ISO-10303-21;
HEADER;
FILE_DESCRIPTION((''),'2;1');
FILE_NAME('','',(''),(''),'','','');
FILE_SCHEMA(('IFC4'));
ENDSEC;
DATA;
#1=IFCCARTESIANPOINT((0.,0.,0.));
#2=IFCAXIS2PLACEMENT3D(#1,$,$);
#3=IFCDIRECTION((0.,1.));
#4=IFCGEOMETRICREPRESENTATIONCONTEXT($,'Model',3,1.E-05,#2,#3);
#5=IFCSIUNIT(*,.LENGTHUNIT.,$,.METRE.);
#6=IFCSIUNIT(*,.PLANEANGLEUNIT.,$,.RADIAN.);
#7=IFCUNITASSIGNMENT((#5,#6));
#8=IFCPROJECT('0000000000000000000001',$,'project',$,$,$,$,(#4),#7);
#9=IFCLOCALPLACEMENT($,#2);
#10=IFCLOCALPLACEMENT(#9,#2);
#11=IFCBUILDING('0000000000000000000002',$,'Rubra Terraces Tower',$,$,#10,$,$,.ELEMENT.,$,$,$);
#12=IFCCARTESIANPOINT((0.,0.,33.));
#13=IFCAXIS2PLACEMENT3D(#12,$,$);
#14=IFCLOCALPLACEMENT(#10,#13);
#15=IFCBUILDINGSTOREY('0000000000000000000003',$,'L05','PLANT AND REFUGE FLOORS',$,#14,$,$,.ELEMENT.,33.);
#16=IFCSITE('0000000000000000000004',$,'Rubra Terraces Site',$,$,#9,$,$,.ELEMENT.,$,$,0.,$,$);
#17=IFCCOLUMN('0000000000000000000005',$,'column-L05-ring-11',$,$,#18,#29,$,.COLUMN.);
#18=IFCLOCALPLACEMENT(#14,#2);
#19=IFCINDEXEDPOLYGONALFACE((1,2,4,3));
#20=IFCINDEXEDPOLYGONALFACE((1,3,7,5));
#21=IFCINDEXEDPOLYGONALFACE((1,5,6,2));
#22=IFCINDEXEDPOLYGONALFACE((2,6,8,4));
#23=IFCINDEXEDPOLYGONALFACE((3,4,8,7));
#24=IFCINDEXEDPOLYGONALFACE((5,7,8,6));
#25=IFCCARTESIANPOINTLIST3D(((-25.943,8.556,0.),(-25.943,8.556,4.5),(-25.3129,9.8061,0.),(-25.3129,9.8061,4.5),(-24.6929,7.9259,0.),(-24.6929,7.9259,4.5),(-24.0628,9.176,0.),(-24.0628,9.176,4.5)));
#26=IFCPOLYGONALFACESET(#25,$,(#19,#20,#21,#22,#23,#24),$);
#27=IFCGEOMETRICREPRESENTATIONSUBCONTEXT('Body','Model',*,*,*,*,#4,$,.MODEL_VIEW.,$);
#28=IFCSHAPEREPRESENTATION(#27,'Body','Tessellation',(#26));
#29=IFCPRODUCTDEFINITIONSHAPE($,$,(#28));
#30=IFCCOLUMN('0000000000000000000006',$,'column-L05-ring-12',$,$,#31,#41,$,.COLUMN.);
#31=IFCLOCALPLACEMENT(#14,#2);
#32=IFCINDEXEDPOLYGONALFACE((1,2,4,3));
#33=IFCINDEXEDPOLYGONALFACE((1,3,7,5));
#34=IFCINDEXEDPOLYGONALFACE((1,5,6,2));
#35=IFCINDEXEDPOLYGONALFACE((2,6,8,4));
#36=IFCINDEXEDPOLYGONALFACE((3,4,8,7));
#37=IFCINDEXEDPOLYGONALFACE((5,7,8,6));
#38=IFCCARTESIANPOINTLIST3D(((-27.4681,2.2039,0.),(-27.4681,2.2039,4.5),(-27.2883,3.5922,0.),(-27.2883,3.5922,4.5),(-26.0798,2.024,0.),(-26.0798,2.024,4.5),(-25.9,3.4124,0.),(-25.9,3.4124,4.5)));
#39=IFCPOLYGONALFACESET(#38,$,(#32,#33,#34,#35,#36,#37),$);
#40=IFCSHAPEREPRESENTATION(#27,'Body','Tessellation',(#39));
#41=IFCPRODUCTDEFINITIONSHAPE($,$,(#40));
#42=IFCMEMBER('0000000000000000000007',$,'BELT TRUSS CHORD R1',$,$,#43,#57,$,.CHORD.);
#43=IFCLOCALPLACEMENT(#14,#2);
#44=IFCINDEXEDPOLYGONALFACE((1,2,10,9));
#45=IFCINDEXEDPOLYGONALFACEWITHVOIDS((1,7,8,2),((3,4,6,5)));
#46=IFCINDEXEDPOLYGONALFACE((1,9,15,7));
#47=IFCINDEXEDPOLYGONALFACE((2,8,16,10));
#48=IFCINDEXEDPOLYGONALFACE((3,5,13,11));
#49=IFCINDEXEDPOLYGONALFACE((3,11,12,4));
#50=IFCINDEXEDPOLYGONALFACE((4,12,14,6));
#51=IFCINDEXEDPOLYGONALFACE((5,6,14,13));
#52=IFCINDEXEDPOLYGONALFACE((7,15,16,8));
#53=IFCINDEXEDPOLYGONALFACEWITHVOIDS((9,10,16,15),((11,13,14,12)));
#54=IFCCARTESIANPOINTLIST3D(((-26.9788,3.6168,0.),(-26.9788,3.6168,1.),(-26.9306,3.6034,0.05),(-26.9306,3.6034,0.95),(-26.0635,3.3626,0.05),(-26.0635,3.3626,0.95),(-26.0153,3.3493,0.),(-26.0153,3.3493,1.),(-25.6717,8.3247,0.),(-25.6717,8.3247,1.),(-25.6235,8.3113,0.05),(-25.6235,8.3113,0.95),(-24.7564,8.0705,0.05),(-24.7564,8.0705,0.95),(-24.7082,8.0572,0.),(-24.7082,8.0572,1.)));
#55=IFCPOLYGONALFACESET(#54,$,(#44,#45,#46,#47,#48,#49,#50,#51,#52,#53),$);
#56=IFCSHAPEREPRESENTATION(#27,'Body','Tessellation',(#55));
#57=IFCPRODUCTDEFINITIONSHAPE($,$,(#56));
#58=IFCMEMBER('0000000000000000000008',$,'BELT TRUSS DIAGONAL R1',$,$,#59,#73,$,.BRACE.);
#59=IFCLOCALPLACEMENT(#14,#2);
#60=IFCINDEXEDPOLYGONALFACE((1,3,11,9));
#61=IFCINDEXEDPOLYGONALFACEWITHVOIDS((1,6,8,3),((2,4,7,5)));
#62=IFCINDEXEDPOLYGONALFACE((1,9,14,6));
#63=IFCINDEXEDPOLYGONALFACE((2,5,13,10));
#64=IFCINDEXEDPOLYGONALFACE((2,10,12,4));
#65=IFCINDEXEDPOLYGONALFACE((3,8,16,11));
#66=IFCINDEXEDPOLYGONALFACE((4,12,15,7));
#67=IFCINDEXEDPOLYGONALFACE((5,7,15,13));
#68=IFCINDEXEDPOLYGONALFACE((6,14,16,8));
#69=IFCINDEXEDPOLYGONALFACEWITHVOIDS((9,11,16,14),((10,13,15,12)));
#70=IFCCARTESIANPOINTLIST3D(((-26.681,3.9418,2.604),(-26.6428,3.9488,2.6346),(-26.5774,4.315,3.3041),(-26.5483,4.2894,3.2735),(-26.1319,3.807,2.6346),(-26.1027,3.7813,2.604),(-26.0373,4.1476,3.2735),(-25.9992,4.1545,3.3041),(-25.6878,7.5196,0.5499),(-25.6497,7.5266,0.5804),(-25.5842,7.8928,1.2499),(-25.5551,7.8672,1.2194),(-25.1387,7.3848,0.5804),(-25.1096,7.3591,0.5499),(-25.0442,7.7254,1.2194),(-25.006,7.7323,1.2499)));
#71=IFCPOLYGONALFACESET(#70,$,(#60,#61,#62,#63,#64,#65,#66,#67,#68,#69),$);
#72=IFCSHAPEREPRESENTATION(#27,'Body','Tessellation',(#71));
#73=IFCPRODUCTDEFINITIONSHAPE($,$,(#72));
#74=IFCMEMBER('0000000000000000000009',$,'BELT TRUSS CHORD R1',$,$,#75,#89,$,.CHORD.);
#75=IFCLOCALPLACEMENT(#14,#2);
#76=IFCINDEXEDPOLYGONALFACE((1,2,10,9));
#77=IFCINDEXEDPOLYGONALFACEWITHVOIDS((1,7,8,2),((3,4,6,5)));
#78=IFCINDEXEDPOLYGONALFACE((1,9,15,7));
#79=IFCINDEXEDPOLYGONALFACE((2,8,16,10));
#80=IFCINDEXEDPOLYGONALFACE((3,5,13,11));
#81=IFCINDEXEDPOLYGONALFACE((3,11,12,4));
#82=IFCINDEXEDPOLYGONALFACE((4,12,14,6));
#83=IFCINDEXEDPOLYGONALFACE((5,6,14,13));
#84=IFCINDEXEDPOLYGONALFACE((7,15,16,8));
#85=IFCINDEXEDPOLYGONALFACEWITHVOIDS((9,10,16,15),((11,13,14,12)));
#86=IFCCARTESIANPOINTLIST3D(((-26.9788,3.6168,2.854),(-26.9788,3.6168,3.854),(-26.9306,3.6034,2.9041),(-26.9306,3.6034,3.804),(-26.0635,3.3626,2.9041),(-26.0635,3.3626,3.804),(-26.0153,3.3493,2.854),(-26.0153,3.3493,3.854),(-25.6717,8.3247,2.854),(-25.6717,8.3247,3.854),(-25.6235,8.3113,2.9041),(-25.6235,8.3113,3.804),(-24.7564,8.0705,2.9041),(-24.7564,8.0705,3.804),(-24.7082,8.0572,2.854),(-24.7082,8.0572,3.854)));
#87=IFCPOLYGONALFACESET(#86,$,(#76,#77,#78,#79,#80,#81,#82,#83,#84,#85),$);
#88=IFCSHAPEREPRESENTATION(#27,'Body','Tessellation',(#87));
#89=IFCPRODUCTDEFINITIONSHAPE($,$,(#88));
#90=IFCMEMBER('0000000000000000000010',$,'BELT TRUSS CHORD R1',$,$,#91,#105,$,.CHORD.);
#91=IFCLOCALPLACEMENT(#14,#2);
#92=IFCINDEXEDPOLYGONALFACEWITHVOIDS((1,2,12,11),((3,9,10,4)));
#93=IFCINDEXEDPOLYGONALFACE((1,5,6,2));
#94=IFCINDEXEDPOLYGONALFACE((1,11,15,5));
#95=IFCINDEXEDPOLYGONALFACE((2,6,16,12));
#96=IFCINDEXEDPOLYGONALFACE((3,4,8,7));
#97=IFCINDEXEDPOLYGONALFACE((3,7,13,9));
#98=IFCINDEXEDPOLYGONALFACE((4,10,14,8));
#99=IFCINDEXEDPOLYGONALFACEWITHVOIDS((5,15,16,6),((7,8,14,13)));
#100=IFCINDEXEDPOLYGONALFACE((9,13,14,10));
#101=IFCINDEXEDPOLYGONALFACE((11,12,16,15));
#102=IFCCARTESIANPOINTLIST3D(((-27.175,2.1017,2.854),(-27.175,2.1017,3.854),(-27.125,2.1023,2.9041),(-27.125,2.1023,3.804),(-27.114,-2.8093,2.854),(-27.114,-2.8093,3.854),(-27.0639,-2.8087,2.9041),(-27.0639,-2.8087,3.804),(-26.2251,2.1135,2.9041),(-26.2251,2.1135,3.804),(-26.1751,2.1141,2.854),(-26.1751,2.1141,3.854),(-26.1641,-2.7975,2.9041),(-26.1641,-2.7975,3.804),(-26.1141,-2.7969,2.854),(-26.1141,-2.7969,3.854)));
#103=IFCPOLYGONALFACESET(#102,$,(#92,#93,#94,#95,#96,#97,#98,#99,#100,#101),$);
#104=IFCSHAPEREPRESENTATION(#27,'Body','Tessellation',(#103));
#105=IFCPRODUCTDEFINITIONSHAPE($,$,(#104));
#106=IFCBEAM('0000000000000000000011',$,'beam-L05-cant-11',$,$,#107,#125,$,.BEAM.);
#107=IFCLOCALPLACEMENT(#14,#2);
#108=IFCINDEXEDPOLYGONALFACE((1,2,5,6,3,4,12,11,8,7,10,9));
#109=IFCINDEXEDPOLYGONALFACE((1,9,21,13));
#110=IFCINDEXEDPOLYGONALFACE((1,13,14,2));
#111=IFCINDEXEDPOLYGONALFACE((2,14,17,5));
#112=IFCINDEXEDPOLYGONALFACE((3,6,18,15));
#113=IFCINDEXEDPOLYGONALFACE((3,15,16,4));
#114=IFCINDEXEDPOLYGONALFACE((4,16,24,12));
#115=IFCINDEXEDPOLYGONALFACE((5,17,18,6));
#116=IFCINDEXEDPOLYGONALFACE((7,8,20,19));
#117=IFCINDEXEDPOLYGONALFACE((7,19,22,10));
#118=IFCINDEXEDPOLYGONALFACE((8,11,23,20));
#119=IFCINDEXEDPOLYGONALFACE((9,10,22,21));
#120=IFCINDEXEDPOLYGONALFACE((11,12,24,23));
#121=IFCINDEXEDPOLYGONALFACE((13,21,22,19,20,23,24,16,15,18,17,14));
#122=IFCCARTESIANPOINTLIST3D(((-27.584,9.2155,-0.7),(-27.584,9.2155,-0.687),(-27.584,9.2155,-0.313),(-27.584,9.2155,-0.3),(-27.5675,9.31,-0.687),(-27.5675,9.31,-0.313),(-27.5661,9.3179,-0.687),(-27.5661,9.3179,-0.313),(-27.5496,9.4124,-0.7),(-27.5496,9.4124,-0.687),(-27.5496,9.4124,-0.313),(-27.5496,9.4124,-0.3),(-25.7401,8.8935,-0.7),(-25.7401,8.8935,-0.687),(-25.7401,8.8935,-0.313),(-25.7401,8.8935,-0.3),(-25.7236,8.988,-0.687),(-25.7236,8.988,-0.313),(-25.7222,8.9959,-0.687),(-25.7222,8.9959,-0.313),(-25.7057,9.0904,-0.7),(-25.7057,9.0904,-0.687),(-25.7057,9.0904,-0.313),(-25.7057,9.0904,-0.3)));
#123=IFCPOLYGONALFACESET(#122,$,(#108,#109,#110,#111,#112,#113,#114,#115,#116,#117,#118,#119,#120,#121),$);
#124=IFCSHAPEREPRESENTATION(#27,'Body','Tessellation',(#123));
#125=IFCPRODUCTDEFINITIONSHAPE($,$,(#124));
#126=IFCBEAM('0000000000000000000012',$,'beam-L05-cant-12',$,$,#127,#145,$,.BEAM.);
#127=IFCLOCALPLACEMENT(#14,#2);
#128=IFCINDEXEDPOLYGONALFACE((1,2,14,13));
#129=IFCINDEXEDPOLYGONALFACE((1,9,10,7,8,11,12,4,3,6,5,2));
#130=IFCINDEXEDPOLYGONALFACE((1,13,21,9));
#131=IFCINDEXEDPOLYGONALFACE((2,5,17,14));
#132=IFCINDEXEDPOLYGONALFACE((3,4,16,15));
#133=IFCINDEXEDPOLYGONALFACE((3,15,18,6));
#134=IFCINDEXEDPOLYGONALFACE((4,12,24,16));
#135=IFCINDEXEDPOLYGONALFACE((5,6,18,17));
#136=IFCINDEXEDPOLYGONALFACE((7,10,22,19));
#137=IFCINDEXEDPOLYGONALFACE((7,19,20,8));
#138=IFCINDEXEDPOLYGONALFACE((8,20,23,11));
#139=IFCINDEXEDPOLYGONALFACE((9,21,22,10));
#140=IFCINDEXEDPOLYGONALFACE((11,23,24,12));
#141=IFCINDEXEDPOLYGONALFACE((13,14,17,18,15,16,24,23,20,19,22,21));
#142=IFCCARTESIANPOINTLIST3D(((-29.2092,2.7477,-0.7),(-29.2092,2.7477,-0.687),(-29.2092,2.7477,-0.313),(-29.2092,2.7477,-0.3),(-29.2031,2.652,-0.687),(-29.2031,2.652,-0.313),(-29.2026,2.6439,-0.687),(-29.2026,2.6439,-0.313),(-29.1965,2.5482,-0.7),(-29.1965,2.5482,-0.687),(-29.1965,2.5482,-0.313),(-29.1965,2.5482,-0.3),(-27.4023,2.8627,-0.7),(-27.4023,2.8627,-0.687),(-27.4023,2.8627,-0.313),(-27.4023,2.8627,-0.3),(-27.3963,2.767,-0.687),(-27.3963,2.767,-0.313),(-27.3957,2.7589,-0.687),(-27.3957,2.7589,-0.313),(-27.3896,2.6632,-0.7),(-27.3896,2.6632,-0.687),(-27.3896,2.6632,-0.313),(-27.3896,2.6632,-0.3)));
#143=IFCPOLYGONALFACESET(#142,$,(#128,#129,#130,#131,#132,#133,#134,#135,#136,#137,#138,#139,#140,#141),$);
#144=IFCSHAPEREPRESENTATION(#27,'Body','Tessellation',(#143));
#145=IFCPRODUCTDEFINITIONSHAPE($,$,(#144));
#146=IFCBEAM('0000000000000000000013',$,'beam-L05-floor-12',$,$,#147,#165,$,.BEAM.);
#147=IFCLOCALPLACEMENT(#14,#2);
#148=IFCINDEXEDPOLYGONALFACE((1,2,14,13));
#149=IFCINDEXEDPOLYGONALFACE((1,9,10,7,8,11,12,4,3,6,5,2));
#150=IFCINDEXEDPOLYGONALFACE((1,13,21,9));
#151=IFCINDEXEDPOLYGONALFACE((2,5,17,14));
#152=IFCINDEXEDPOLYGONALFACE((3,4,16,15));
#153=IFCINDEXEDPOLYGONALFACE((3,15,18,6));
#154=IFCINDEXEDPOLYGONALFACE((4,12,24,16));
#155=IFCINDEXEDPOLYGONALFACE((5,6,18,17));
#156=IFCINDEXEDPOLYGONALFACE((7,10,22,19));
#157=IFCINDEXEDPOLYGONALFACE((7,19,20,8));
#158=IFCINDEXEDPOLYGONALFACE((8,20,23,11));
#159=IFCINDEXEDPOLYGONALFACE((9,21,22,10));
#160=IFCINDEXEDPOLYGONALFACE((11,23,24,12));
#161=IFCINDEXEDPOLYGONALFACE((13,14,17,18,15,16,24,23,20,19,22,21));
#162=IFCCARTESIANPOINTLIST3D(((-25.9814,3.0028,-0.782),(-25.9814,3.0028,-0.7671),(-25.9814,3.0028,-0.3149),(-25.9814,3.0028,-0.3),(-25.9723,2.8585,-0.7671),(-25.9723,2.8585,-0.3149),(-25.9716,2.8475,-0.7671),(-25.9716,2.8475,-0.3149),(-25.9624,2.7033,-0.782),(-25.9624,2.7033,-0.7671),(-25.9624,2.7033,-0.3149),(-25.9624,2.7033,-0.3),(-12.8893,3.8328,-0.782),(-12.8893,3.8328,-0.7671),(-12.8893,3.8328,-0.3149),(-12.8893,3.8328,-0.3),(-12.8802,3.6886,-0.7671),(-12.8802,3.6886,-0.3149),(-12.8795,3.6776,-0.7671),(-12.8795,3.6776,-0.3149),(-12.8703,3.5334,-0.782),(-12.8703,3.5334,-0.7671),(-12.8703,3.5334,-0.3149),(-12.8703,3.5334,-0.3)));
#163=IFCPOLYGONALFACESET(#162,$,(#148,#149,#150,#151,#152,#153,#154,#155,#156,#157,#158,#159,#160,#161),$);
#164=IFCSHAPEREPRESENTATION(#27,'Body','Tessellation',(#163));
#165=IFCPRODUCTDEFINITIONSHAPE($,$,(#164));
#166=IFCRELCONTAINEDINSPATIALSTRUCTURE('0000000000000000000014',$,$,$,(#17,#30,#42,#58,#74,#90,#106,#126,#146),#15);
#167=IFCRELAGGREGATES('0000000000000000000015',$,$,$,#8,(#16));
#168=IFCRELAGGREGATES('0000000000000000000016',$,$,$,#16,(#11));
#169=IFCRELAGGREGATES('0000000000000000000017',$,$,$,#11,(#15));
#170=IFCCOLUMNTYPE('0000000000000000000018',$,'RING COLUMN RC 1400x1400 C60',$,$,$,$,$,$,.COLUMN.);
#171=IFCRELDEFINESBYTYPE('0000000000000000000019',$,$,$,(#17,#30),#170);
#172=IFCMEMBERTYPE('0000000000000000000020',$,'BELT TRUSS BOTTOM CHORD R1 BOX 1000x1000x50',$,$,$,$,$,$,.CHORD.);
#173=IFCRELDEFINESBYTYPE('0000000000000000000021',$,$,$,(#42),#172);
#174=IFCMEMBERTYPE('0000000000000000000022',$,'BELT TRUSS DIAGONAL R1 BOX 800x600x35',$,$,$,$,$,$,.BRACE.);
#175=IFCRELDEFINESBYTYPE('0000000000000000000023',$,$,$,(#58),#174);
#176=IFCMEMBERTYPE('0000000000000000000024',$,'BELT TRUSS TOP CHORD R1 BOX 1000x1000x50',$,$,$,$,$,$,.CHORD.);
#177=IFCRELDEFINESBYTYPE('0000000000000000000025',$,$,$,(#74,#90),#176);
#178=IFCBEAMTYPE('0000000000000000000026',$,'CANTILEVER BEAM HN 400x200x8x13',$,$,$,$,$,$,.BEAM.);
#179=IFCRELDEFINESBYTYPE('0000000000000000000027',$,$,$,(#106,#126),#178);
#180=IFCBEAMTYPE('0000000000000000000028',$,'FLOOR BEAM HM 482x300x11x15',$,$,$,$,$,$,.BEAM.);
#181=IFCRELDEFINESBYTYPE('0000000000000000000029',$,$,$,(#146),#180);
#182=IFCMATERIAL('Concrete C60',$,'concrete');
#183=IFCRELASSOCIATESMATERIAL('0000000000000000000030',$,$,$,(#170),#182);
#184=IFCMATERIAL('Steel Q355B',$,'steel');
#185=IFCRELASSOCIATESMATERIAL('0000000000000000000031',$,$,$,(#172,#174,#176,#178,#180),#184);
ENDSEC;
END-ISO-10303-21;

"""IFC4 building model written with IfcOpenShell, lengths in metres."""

from ifc_helpers import new_model, si_unit, direction, frame, origin, origin_2d, place, context, subcontext, project, spatial, rectangle, hollow_rectangle, i_section, extrude, material, material_profile, profile_set, type_object, element, save


model = new_model("IFC4")

# Units and contexts
model_context = context("Model", 3, precision=1e-05, world=origin(), true_north=direction((0.0, 1.0)))
body_context = subcontext(model_context, "Body", "Model", "MODEL_VIEW")
ifc_project = project(units=[si_unit("LENGTHUNIT", "METRE"), si_unit("PLANEANGLEUNIT", "RADIAN")], contexts=[model_context])

# Site, building, storey
site_placement = place(None, origin())
site = spatial("IfcSite", under=ifc_project, at=site_placement, Name="Rubra Terraces Site", CompositionType="ELEMENT", RefElevation=0.0)
building_placement = place(site_placement, origin())
building = spatial("IfcBuilding", under=site, at=building_placement, Name="Rubra Terraces Tower", CompositionType="ELEMENT")
storey_placement = place(building_placement, frame((0.0, 0.0, 33.0)))
storey = spatial("IfcBuildingStorey", under=building, at=storey_placement, Name="L05", Description="PLANT AND REFUGE FLOORS", CompositionType="ELEMENT", Elevation=33.0)

# Columns
ifc_material_1 = material(Name="Concrete C60", Category="concrete")
ifc_material_profile_1 = material_profile(ifc_material_1, rectangle(XDim=1.3999, YDim=1.3999, at=origin_2d()), Name="RC 1400x1400")
ifc_profile_set_1 = profile_set([ifc_material_profile_1], Name="Concrete C60")
column_type = type_object("IfcColumnType", Name="RING COLUMN RC 1400x1400 C60", PredefinedType="COLUMN", material=ifc_profile_set_1)
for number, where, z_axis, x_axis, name in (
    (1, (-25.0029, 8.866, 0.0), (0.0, 0.0, 1.0), (-0.450099, -0.892979, 0.0), "column-L05-ring-11"),
    (2, (-26.6841, 2.8081, 0.0), (0.0, 0.0, 1.0), (-0.128445, -0.991717, 0.0), "column-L05-ring-12"),
):
    element("IfcColumn", number, at=place(storey_placement, frame(where, z_axis=z_axis, x_axis=x_axis)), inside=storey, type_object=column_type, Name=name, PredefinedType="COLUMN", context=body_context, shape_type="SweptSolid", body=[
        extrude(rectangle(XDim=1.3999, YDim=1.3999, at=origin_2d()), origin(), (0.0, 0.0, 1.0), 4.5),
    ])

# Members
ifc_material_2 = material(Name="Steel Q355B", Category="steel")
ifc_material_profile_2 = material_profile(ifc_material_2, hollow_rectangle(XDim=1.0, YDim=1.0, WallThickness=0.05, at=origin_2d()), Name="BOX 1000x1000x50")
ifc_profile_set_2 = profile_set([ifc_material_profile_2], Name="Steel Q355B")
member_type_1 = type_object("IfcMemberType", Name="BELT TRUSS BOTTOM CHORD R1 BOX 1000x1000x50", PredefinedType="CHORD", material=ifc_profile_set_2)
member_1_placement = place(storey_placement, frame((-25.1899, 8.1909, 0.5), z_axis=(-0.26752, -0.963552, 0.0), x_axis=(0.963552, -0.26752, 0.0)))
element("IfcMember", 3, at=member_1_placement, inside=storey, type_object=member_type_1, Name="BELT TRUSS CHORD R1", PredefinedType="CHORD", context=body_context, shape_type="SweptSolid", body=[
    extrude(hollow_rectangle(XDim=1.0, YDim=1.0, WallThickness=0.05, at=origin_2d()), origin(), (0.0, 0.0, 1.0), 4.886),
])
ifc_material_profile_3 = material_profile(ifc_material_2, hollow_rectangle(XDim=0.6001, YDim=0.8, WallThickness=0.0349, at=origin_2d()), Name="BOX 800x600x35")
ifc_profile_set_3 = profile_set([ifc_material_profile_3], Name="Steel Q355B")
member_type_2 = type_object("IfcMemberType", Name="BELT TRUSS DIAGONAL R1 BOX 800x600x35", PredefinedType="BRACE", material=ifc_profile_set_3)
member_2_placement = place(storey_placement, frame((-25.3469, 7.626, 0.8999), z_axis=(-0.234043, -0.843143, 0.484081), x_axis=(0.963566, -0.267471, 0.0)))
element("IfcMember", 4, at=member_2_placement, inside=storey, type_object=member_type_2, Name="BELT TRUSS DIAGONAL R1", PredefinedType="BRACE", context=body_context, shape_type="SweptSolid", body=[
    extrude(hollow_rectangle(XDim=0.6001, YDim=0.8, WallThickness=0.0349, at=origin_2d()), origin(), (0.0, 0.0, 1.0), 4.2434),
])
ifc_material_profile_4 = material_profile(ifc_material_2, hollow_rectangle(XDim=1.0, YDim=1.0, WallThickness=0.05, at=origin_2d()), Name="BOX 1000x1000x50")
ifc_profile_set_4 = profile_set([ifc_material_profile_4], Name="Steel Q355B")
member_type_3 = type_object("IfcMemberType", Name="BELT TRUSS TOP CHORD R1 BOX 1000x1000x50", PredefinedType="CHORD", material=ifc_profile_set_4)
member_3_placement = place(storey_placement, frame((-25.1899, 8.1909, 3.354), z_axis=(-0.26752, -0.963552, 0.0), x_axis=(0.963552, -0.26752, 0.0)))
element("IfcMember", 5, at=member_3_placement, inside=storey, type_object=member_type_3, Name="BELT TRUSS CHORD R1", PredefinedType="CHORD", context=body_context, shape_type="SweptSolid", body=[
    extrude(hollow_rectangle(XDim=1.0, YDim=1.0, WallThickness=0.05, at=origin_2d()), origin(), (0.0, 0.0, 1.0), 4.886),
])
member_4_placement = place(storey_placement, frame((-26.675, 2.1079, 3.354), z_axis=(0.012428, -0.999923, 0.0), x_axis=(0.999923, 0.012428, 0.0)))
element("IfcMember", 6, at=member_4_placement, inside=storey, type_object=member_type_3, Name="BELT TRUSS CHORD R1", PredefinedType="CHORD", context=body_context, shape_type="SweptSolid", body=[
    extrude(hollow_rectangle(XDim=1.0, YDim=1.0, WallThickness=0.05, at=origin_2d()), origin(), (0.0, 0.0, 1.0), 4.9114),
])

# Beams
ifc_material_profile_5 = material_profile(ifc_material_2, i_section(OverallWidth=0.2, OverallDepth=0.3999, WebThickness=0.0081, FlangeThickness=0.0129, at=origin_2d()), Name="HN 400x200x8x13")
ifc_profile_set_5 = profile_set([ifc_material_profile_5], Name="Steel Q355B")
beam_type_1 = type_object("IfcBeamType", Name="CANTILEVER BEAM HN 400x200x8x13", PredefinedType="BEAM", material=ifc_profile_set_5)
beam_1_placement = place(storey_placement, frame((-25.7229, 8.9919, -0.5), z_axis=(-0.985092, 0.172029, 0.0), x_axis=(-0.172029, -0.985092, 0.0)))
element("IfcBeam", 7, at=beam_1_placement, inside=storey, type_object=beam_type_1, Name="beam-L05-cant-11", PredefinedType="BEAM", context=body_context, shape_type="SweptSolid", body=[
    extrude(i_section(OverallWidth=0.2, OverallDepth=0.3999, WebThickness=0.0081, FlangeThickness=0.0129, at=origin_2d()), origin(), (0.0, 0.0, 1.0), 1.8718),
])
beam_2_placement = place(storey_placement, frame((-27.396, 2.7629, -0.5), z_axis=(-0.997981, -0.063512, 0.0), x_axis=(0.063512, -0.997981, 0.0)))
element("IfcBeam", 8, at=beam_2_placement, inside=storey, type_object=beam_type_1, Name="beam-L05-cant-12", PredefinedType="BEAM", context=body_context, shape_type="SweptSolid", body=[
    extrude(i_section(OverallWidth=0.2, OverallDepth=0.3999, WebThickness=0.0081, FlangeThickness=0.0129, at=origin_2d()), origin(), (0.0, 0.0, 1.0), 1.8105),
])
ifc_material_profile_6 = material_profile(ifc_material_2, i_section(OverallWidth=0.3, OverallDepth=0.4819, WebThickness=0.011, FlangeThickness=0.0149, at=origin_2d()), Name="HM 482x300x11x15")
ifc_profile_set_6 = profile_set([ifc_material_profile_6], Name="Steel Q355B")
beam_type_2 = type_object("IfcBeamType", Name="FLOOR BEAM HM 482x300x11x15", PredefinedType="BEAM", material=ifc_profile_set_6)
beam_3_placement = place(storey_placement, frame((-25.9719, 2.853, -0.541), z_axis=(0.997996, 0.063276, 0.0), x_axis=(-0.063276, 0.997996, 0.0)))
element("IfcBeam", 9, at=beam_3_placement, inside=storey, type_object=beam_type_2, Name="beam-L05-floor-12", PredefinedType="BEAM", context=body_context, shape_type="SweptSolid", body=[
    extrude(i_section(OverallWidth=0.3, OverallDepth=0.4819, WebThickness=0.011, FlangeThickness=0.0149, at=origin_2d()), origin(), (0.0, 0.0, 1.0), 13.1184),
])

save(model, "model.ifc")
